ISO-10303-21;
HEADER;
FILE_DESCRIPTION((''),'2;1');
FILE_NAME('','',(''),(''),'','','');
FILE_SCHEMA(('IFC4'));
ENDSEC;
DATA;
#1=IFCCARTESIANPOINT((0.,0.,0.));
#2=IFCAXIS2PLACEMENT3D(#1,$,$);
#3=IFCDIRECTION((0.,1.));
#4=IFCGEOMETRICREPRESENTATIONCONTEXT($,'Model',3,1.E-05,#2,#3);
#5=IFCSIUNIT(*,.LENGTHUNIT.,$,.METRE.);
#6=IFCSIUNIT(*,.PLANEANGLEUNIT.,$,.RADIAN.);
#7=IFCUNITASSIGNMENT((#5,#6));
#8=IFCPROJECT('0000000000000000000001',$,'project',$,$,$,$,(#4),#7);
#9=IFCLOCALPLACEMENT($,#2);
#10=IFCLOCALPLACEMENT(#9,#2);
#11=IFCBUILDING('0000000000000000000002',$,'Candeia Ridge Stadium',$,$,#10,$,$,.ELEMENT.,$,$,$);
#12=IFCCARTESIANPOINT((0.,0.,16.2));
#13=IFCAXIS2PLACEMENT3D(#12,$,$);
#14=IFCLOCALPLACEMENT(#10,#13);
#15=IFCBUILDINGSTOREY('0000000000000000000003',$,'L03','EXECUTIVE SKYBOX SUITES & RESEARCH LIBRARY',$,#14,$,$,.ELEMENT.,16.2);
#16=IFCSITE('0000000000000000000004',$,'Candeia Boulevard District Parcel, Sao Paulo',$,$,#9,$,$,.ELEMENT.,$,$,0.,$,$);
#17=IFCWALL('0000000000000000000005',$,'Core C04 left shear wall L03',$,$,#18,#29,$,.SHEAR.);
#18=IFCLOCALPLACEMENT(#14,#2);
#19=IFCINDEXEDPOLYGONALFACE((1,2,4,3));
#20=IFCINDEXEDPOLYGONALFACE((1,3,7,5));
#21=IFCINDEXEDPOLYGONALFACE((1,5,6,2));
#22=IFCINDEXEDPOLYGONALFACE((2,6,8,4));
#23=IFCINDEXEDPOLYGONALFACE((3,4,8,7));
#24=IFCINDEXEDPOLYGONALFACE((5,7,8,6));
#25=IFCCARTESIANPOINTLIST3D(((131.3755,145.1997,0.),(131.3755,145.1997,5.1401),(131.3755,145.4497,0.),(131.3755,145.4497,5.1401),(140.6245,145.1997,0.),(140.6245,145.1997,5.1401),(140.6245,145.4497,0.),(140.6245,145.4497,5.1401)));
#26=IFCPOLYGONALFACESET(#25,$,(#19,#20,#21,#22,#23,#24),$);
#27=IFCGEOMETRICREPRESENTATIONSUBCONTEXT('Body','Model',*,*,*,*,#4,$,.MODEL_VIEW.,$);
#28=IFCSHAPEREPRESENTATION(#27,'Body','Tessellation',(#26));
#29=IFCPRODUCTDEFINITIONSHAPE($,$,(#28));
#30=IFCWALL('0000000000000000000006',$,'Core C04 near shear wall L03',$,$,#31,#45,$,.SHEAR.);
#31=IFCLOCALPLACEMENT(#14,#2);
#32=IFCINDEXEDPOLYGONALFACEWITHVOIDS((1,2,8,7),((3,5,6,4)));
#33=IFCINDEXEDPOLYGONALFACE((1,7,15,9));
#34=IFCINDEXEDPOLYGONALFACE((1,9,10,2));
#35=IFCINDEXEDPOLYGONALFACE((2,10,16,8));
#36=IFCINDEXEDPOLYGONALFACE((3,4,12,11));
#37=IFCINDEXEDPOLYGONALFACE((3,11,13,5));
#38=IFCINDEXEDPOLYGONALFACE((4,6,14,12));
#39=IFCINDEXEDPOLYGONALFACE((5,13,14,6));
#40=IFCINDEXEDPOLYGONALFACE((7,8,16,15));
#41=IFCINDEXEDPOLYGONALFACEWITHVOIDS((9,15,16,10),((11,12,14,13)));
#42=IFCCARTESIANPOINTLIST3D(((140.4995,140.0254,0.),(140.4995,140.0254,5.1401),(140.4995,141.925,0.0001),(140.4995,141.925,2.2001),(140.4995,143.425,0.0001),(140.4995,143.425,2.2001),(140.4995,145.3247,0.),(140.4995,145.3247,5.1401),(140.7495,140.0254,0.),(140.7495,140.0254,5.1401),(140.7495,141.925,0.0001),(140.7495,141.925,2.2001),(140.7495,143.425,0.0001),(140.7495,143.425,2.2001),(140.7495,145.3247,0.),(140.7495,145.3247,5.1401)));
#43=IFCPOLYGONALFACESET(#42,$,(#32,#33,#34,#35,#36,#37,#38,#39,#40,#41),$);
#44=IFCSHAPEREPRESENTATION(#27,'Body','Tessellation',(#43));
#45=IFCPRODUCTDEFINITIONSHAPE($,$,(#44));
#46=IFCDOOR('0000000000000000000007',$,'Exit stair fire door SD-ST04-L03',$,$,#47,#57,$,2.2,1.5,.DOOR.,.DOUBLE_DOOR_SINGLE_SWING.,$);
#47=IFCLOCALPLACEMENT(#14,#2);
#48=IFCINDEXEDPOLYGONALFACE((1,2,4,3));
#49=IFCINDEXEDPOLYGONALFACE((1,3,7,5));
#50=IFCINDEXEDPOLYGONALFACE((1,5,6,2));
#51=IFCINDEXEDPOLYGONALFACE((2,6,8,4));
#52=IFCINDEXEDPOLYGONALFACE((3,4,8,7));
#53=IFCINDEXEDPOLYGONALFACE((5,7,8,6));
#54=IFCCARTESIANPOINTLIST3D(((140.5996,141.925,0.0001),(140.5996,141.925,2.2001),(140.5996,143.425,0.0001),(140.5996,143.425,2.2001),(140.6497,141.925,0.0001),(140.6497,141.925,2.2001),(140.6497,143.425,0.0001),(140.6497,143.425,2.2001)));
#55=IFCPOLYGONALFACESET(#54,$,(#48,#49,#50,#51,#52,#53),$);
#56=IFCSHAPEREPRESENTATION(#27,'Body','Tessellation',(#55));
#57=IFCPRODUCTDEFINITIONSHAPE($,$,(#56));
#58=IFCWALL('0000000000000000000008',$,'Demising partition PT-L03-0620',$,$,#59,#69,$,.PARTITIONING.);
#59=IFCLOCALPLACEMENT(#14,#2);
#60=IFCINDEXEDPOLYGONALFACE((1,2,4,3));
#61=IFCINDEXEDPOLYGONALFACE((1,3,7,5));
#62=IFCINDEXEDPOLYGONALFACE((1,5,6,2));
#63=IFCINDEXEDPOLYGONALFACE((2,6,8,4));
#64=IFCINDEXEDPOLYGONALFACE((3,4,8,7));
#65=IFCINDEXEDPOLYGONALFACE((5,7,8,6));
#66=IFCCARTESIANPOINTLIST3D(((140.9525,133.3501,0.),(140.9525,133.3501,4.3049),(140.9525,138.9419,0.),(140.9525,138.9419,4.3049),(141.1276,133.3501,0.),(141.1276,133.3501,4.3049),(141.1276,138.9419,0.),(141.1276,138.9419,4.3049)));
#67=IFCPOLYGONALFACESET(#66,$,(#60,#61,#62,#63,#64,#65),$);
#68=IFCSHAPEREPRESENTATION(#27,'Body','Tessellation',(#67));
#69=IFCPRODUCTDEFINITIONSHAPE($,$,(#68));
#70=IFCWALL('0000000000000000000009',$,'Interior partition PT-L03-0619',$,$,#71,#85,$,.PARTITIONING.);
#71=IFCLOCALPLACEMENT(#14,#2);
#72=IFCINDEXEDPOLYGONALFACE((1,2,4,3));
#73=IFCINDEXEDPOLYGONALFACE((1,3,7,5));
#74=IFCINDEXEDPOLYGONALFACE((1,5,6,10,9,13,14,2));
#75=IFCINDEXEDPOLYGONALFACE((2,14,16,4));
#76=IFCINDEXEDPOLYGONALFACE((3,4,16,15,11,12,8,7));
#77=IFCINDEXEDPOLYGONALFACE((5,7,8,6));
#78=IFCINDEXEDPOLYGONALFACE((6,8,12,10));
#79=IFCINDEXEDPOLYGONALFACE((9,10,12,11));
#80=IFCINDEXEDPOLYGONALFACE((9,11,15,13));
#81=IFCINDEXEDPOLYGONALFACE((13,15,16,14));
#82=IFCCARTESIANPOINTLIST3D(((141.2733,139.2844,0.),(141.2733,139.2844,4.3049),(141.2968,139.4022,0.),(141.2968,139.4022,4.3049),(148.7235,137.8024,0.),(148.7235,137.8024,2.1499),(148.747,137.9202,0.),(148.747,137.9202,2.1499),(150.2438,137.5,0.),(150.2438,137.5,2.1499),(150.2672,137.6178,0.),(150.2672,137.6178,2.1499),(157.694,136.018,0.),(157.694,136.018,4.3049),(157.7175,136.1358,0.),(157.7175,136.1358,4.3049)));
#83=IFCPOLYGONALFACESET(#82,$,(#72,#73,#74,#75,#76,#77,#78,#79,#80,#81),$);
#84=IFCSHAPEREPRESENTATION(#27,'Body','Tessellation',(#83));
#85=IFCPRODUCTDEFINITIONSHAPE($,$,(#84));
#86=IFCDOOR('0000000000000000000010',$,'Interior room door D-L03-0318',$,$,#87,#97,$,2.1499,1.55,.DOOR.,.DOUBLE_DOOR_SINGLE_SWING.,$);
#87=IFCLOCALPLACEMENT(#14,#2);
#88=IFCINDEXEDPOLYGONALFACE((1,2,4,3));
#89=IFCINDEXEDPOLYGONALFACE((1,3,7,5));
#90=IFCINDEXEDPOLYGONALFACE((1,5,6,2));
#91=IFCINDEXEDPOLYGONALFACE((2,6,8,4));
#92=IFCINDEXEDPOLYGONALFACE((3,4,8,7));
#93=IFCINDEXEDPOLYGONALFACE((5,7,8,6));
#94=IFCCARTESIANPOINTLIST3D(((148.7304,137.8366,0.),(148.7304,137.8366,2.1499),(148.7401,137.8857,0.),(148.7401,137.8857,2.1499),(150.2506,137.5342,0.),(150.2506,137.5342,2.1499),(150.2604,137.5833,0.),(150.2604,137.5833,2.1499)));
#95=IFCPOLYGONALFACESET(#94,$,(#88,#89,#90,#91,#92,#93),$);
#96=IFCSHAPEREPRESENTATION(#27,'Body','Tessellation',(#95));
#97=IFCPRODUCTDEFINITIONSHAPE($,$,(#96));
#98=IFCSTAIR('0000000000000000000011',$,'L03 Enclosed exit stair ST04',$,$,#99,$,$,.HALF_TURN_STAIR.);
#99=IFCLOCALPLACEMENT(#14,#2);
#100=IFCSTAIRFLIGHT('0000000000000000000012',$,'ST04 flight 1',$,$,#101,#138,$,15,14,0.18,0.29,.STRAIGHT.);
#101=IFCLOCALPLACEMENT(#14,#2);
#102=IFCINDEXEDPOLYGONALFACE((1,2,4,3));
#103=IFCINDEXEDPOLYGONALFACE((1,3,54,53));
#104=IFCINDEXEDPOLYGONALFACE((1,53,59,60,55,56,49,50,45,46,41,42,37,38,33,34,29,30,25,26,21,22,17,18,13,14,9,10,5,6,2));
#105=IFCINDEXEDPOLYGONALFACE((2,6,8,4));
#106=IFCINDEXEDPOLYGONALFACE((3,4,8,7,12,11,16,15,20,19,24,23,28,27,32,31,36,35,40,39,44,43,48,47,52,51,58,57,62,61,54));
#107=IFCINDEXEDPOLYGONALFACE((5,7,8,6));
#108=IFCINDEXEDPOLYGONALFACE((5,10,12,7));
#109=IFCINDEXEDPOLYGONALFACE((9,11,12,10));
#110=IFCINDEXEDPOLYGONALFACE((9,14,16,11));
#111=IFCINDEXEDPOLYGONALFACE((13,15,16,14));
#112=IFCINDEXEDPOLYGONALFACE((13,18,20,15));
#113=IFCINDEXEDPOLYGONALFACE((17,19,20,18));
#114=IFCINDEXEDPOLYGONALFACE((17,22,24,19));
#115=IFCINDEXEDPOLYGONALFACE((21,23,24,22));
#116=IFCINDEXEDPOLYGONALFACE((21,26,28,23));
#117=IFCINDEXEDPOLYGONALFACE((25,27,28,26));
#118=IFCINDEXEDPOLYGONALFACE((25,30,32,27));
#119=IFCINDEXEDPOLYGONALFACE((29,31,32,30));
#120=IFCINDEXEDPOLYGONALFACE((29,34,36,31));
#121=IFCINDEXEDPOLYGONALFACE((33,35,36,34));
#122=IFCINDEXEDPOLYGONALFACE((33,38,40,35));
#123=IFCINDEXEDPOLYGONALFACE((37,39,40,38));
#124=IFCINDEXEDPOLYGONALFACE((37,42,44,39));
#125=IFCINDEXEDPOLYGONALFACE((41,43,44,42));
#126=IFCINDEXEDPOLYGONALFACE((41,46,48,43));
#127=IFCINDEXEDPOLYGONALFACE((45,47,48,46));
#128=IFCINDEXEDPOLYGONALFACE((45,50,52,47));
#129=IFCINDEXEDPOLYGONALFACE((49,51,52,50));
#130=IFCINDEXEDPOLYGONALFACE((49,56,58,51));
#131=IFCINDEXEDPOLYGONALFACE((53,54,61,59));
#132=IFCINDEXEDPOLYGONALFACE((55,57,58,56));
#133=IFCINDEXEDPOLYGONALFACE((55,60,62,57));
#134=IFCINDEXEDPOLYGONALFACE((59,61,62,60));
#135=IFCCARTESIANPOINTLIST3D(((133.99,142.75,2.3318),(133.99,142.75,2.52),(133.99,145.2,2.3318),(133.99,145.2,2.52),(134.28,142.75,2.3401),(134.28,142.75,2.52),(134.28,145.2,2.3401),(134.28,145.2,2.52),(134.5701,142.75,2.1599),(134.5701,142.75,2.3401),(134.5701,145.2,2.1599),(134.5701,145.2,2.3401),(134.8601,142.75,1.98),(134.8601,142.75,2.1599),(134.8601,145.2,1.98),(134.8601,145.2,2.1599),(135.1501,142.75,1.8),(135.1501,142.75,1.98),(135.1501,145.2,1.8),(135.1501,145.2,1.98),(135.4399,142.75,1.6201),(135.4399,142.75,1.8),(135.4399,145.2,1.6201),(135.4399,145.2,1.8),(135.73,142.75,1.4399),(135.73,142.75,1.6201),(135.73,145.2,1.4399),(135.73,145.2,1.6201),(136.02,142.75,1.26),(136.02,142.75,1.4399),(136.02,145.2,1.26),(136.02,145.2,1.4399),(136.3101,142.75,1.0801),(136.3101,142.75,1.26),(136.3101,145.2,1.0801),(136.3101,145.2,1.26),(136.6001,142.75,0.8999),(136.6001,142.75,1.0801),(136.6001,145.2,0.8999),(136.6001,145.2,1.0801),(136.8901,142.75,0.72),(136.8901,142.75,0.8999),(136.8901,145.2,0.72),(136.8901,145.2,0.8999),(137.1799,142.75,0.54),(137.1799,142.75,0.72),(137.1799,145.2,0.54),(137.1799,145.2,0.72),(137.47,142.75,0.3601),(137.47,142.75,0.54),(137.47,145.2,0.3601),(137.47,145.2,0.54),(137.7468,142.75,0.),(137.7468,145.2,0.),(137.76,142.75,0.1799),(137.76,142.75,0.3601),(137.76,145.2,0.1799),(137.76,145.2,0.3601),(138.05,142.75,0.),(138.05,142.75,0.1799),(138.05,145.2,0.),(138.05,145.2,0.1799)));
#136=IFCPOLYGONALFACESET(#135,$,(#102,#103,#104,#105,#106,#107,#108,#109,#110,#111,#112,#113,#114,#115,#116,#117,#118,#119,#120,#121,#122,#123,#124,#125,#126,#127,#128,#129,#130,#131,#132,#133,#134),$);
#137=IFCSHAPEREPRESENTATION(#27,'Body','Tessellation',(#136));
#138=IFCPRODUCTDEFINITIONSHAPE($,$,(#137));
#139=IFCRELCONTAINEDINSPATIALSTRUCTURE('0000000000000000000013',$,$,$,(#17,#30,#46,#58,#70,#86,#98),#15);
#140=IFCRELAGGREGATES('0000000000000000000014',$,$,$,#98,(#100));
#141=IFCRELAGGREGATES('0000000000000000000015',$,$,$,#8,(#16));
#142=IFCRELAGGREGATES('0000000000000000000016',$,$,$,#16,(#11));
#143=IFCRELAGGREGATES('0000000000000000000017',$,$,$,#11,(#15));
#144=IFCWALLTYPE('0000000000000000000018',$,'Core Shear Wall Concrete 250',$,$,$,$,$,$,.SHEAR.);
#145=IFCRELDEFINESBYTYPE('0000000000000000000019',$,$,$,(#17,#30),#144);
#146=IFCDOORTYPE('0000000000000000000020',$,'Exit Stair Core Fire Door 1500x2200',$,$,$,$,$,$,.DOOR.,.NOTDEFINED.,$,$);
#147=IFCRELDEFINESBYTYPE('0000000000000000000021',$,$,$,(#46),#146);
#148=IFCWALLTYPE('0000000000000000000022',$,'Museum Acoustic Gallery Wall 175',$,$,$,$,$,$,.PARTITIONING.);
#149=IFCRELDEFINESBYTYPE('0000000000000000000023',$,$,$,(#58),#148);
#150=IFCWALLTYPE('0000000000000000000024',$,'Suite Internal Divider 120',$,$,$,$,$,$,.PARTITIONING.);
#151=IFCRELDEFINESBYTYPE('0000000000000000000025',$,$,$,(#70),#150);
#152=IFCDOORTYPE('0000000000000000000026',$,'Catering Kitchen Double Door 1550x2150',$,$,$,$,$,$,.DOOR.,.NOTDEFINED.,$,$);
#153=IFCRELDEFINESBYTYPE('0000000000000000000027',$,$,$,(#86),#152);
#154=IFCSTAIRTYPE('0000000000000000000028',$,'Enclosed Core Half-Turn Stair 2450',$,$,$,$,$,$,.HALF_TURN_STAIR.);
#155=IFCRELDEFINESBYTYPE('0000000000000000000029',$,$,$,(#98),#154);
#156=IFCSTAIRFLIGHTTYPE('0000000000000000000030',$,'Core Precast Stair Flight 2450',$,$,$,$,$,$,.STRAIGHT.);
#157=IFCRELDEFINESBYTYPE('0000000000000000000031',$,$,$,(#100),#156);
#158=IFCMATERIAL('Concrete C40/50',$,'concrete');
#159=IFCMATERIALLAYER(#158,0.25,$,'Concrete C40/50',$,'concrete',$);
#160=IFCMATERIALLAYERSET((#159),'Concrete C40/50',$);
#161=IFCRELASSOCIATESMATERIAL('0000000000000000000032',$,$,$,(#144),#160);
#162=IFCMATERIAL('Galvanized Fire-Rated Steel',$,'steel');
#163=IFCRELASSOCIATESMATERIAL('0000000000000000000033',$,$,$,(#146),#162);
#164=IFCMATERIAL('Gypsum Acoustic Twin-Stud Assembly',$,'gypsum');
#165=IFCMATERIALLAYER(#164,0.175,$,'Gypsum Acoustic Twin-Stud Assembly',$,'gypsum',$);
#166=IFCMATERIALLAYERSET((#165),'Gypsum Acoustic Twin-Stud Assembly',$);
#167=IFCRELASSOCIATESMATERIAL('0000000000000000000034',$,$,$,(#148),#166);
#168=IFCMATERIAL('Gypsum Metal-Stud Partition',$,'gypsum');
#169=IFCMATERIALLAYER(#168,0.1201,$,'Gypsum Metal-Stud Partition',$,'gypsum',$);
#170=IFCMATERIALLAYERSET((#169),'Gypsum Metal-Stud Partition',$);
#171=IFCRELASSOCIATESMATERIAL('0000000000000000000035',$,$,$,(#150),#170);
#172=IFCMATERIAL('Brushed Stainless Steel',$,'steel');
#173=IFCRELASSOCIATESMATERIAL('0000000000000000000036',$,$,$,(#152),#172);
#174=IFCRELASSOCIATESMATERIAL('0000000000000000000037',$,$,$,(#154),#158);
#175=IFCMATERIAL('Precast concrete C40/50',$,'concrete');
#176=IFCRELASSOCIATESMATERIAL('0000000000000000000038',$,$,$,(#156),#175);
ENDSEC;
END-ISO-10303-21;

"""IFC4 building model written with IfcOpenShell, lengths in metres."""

from ifc_helpers import new_model, si_unit, direction, frame, frame_2d, origin, place, context, subcontext, project, spatial, polyline, rectangle, outline, extrude, material, layer, layer_set, type_object, element, fill, aggregate, save


model = new_model("IFC4")

# Units and contexts
model_context = context("Model", 3, precision=1e-05, world=origin(), true_north=direction((0.0, 1.0)))
body_context = subcontext(model_context, "Body", "Model", "MODEL_VIEW")
ifc_project = project(units=[si_unit("LENGTHUNIT", "METRE"), si_unit("PLANEANGLEUNIT", "RADIAN")], contexts=[model_context])

# Site, building, storey
site_placement = place(None, origin())
site = spatial("IfcSite", under=ifc_project, at=site_placement, Name="Candeia Boulevard District Parcel, Sao Paulo", CompositionType="ELEMENT", RefElevation=0.0)
building_placement = place(site_placement, origin())
building = spatial("IfcBuilding", under=site, at=building_placement, Name="Candeia Ridge Stadium", CompositionType="ELEMENT")
storey_placement = place(building_placement, frame((0.0, 0.0, 16.2)))
storey = spatial("IfcBuildingStorey", under=building, at=storey_placement, Name="L03", Description="EXECUTIVE SKYBOX SUITES & RESEARCH LIBRARY", CompositionType="ELEMENT", Elevation=16.2)

# Shared definitions
ifc_material_1 = material(Name="Concrete C40/50", Category="concrete")

# Wall
ifc_layer_1 = layer(ifc_material_1, 0.25, Name="Concrete C40/50", Category="concrete")
ifc_layer_set_1 = layer_set([ifc_layer_1], Name="Concrete C40/50")
wall_type_1 = type_object("IfcWallType", Name="Core Shear Wall Concrete 250", PredefinedType="SHEAR", material=ifc_layer_set_1)
wall_1_placement = place(storey_placement, frame((140.6245, 145.3247, 0.0), z_axis=(0.0, 0.0, 1.0), x_axis=(-1.0, 0.0, 0.0)))
element("IfcWall", 1, at=wall_1_placement, inside=storey, type_object=wall_type_1, Name="Core C04 left shear wall L03", PredefinedType="SHEAR", context=body_context, shape_type="SweptSolid", body=[
    extrude(rectangle(XDim=9.249, YDim=0.25, at=frame_2d((4.6245, 0.0))), origin(), (0.0, 0.0, 1.0), 5.1401),
])

# Wall, opening, door
wall_2_placement = place(storey_placement, frame((140.6245, 140.0254, 0.0), z_axis=(0.0, 0.0, 1.0), x_axis=(0.0, 1.0, 0.0)))
wall_2 = element("IfcWall", 2, at=wall_2_placement, inside=storey, type_object=wall_type_1, Name="Core C04 near shear wall L03", PredefinedType="SHEAR", context=body_context, shape_type="SweptSolid", body=[
    extrude(rectangle(XDim=5.2993, YDim=0.25, at=frame_2d((2.6497, 0.0))), origin(), (0.0, 0.0, 1.0), 5.1401),
])
opening_1_placement = place(wall_2_placement, frame((1.8997, 0.0, 0.0)))
opening_1 = element("IfcOpeningElement", 3, at=opening_1_placement, cuts=wall_2, PredefinedType="OPENING", context=body_context, shape_type="SweptSolid", body=[
    extrude(rectangle(XDim=1.5, YDim=2.2, at=frame_2d((0.75, 1.1001))), frame((0.0, 0.135, 0.0), z_axis=(0.0, -1.0, 0.0), x_axis=(1.0, 0.0, 0.0)), (0.0, 0.0, 1.0), 0.27),
])
ifc_material_2 = material(Name="Galvanized Fire-Rated Steel", Category="steel")
door_type_1 = type_object("IfcDoorType", Name="Exit Stair Core Fire Door 1500x2200", OperationType="NOTDEFINED", PredefinedType="DOOR", material=ifc_material_2)
door_1_placement = place(opening_1_placement, origin())
door_1 = element("IfcDoor", 4, at=door_1_placement, inside=storey, type_object=door_type_1, Name="Exit stair fire door SD-ST04-L03", OperationType="DOUBLE_DOOR_SINGLE_SWING", OverallHeight=2.2, OverallWidth=1.5, PredefinedType="DOOR", context=body_context, shape_type="SweptSolid", body=[
    extrude(rectangle(XDim=1.5, YDim=2.2, at=frame_2d((0.75, 1.1001))), frame((0.0, 0.0249, 0.0), z_axis=(0.0, -1.0, 0.0), x_axis=(1.0, 0.0, 0.0)), (0.0, 0.0, 1.0), 0.05),
])
fill(opening_1, door_1)

# Wall
ifc_material_3 = material(Name="Gypsum Acoustic Twin-Stud Assembly", Category="gypsum")
ifc_layer_2 = layer(ifc_material_3, 0.175, Name="Gypsum Acoustic Twin-Stud Assembly", Category="gypsum")
ifc_layer_set_2 = layer_set([ifc_layer_2], Name="Gypsum Acoustic Twin-Stud Assembly")
wall_type_2 = type_object("IfcWallType", Name="Museum Acoustic Gallery Wall 175", PredefinedType="PARTITIONING", material=ifc_layer_set_2)
wall_3_placement = place(storey_placement, frame((141.04, 133.3501, 0.0), z_axis=(0.0, 0.0, 1.0), x_axis=(0.0, 1.0, 0.0)))
element("IfcWall", 5, at=wall_3_placement, inside=storey, type_object=wall_type_2, Name="Demising partition PT-L03-0620", PredefinedType="PARTITIONING", context=body_context, shape_type="SweptSolid", body=[
    extrude(rectangle(XDim=5.5918, YDim=0.175, at=frame_2d((2.7959, 0.0))), origin(), (0.0, 0.0, 1.0), 4.3049),
])

# Wall, opening, door
ifc_material_4 = material(Name="Gypsum Metal-Stud Partition", Category="gypsum")
ifc_layer_3 = layer(ifc_material_4, 0.1201, Name="Gypsum Metal-Stud Partition", Category="gypsum")
ifc_layer_set_3 = layer_set([ifc_layer_3], Name="Gypsum Metal-Stud Partition")
wall_type_3 = type_object("IfcWallType", Name="Suite Internal Divider 120", PredefinedType="PARTITIONING", material=ifc_layer_set_3)
wall_4_placement = place(storey_placement, frame((141.2852, 139.3433, 0.0), z_axis=(0.0, 0.0, 1.0), x_axis=(0.980784, -0.195095, 0.0)))
wall_4 = element("IfcWall", 6, at=wall_4_placement, inside=storey, type_object=wall_type_3, Name="Interior partition PT-L03-0619", PredefinedType="PARTITIONING", context=body_context, shape_type="SweptSolid", body=[
    extrude(rectangle(XDim=16.7424, YDim=0.1201, at=frame_2d((8.3711, 0.0))), origin(), (0.0, 0.0, 1.0), 4.3049),
])
opening_2_placement = place(wall_4_placement, frame((7.5962, 0.0, 0.0)))
opening_2 = element("IfcOpeningElement", 7, at=opening_2_placement, cuts=wall_4, PredefinedType="OPENING", context=body_context, shape_type="SweptSolid", body=[
    extrude(rectangle(XDim=1.55, YDim=2.1499, at=frame_2d((0.7749, 1.075))), frame((0.0, 0.0701, 0.0), z_axis=(0.0, -1.0, 0.0), x_axis=(1.0, 0.0, 0.0)), (0.0, 0.0, 1.0), 0.1401),
])
ifc_material_5 = material(Name="Brushed Stainless Steel", Category="steel")
door_type_2 = type_object("IfcDoorType", Name="Catering Kitchen Double Door 1550x2150", OperationType="NOTDEFINED", PredefinedType="DOOR", material=ifc_material_5)
door_2_placement = place(opening_2_placement, origin())
door_2 = element("IfcDoor", 8, at=door_2_placement, inside=storey, type_object=door_type_2, Name="Interior room door D-L03-0318", OperationType="DOUBLE_DOOR_SINGLE_SWING", OverallHeight=2.1499, OverallWidth=1.55, PredefinedType="DOOR", context=body_context, shape_type="SweptSolid", body=[
    extrude(rectangle(XDim=1.55, YDim=2.1499, at=frame_2d((0.7749, 1.075))), frame((0.0, 0.0249, 0.0), z_axis=(0.0, -1.0, 0.0), x_axis=(1.0, 0.0, 0.0)), (0.0, 0.0, 1.0), 0.05),
])
fill(opening_2, door_2)

# Stair, stair flight
stair_type = type_object("IfcStairType", Name="Enclosed Core Half-Turn Stair 2450", PredefinedType="HALF_TURN_STAIR", material=ifc_material_1)
stair_placement = place(storey_placement, origin())
stair = element("IfcStair", 9, at=stair_placement, inside=storey, type_object=stair_type, Name="L03 Enclosed exit stair ST04", PredefinedType="HALF_TURN_STAIR")
ifc_material_6 = material(Name="Precast concrete C40/50", Category="concrete")
stair_flight_type = type_object("IfcStairFlightType", Name="Core Precast Stair Flight 2450", PredefinedType="STRAIGHT", material=ifc_material_6)
stair_flight_placement = place(storey_placement, frame((138.05, 143.9751, 0.0), z_axis=(0.0, 0.0, 1.0), x_axis=(-1.0, 0.0, 0.0)))
stair_flight = element("IfcStairFlight", 10, at=stair_flight_placement, type_object=stair_flight_type, Name="ST04 flight 1", NumberOfRisers=15, NumberOfTreads=14, PredefinedType="STRAIGHT", RiserHeight=0.18, TreadLength=0.29, context=body_context, shape_type="SweptSolid", body=[
    extrude(outline(polyline([(0.0, 0.0), (0.0, 0.1799), (0.29, 0.1799), (0.29, 0.3601), (0.5801, 0.3601), (0.5801, 0.54), (0.8701, 0.54), (0.8701, 0.72), (1.1599, 0.72), (1.1599, 0.8999), (1.45, 0.8999), (1.45, 1.0801), (1.74, 1.0801), (1.74, 1.26), (2.03, 1.26), (2.03, 1.4399), (2.3201, 1.4399), (2.3201, 1.6201), (2.6101, 1.6201), (2.6101, 1.8), (2.8999, 1.8), (2.8999, 1.98), (3.1899, 1.98), (3.1899, 2.1599), (3.48, 2.1599), (3.48, 2.3401), (3.77, 2.3401), (3.77, 2.52), (4.0601, 2.52), (4.0601, 2.7), (4.0601, 2.3318), (0.3032, 0.0), (0.0, 0.0)])), frame((0.0, 1.2251, 0.0), z_axis=(0.0, -1.0, 0.0), x_axis=(1.0, 0.0, 0.0)), (0.0, 0.0, 1.0), 2.45),
])
aggregate(stair, [stair_flight])

save(model, "model.ifc")
